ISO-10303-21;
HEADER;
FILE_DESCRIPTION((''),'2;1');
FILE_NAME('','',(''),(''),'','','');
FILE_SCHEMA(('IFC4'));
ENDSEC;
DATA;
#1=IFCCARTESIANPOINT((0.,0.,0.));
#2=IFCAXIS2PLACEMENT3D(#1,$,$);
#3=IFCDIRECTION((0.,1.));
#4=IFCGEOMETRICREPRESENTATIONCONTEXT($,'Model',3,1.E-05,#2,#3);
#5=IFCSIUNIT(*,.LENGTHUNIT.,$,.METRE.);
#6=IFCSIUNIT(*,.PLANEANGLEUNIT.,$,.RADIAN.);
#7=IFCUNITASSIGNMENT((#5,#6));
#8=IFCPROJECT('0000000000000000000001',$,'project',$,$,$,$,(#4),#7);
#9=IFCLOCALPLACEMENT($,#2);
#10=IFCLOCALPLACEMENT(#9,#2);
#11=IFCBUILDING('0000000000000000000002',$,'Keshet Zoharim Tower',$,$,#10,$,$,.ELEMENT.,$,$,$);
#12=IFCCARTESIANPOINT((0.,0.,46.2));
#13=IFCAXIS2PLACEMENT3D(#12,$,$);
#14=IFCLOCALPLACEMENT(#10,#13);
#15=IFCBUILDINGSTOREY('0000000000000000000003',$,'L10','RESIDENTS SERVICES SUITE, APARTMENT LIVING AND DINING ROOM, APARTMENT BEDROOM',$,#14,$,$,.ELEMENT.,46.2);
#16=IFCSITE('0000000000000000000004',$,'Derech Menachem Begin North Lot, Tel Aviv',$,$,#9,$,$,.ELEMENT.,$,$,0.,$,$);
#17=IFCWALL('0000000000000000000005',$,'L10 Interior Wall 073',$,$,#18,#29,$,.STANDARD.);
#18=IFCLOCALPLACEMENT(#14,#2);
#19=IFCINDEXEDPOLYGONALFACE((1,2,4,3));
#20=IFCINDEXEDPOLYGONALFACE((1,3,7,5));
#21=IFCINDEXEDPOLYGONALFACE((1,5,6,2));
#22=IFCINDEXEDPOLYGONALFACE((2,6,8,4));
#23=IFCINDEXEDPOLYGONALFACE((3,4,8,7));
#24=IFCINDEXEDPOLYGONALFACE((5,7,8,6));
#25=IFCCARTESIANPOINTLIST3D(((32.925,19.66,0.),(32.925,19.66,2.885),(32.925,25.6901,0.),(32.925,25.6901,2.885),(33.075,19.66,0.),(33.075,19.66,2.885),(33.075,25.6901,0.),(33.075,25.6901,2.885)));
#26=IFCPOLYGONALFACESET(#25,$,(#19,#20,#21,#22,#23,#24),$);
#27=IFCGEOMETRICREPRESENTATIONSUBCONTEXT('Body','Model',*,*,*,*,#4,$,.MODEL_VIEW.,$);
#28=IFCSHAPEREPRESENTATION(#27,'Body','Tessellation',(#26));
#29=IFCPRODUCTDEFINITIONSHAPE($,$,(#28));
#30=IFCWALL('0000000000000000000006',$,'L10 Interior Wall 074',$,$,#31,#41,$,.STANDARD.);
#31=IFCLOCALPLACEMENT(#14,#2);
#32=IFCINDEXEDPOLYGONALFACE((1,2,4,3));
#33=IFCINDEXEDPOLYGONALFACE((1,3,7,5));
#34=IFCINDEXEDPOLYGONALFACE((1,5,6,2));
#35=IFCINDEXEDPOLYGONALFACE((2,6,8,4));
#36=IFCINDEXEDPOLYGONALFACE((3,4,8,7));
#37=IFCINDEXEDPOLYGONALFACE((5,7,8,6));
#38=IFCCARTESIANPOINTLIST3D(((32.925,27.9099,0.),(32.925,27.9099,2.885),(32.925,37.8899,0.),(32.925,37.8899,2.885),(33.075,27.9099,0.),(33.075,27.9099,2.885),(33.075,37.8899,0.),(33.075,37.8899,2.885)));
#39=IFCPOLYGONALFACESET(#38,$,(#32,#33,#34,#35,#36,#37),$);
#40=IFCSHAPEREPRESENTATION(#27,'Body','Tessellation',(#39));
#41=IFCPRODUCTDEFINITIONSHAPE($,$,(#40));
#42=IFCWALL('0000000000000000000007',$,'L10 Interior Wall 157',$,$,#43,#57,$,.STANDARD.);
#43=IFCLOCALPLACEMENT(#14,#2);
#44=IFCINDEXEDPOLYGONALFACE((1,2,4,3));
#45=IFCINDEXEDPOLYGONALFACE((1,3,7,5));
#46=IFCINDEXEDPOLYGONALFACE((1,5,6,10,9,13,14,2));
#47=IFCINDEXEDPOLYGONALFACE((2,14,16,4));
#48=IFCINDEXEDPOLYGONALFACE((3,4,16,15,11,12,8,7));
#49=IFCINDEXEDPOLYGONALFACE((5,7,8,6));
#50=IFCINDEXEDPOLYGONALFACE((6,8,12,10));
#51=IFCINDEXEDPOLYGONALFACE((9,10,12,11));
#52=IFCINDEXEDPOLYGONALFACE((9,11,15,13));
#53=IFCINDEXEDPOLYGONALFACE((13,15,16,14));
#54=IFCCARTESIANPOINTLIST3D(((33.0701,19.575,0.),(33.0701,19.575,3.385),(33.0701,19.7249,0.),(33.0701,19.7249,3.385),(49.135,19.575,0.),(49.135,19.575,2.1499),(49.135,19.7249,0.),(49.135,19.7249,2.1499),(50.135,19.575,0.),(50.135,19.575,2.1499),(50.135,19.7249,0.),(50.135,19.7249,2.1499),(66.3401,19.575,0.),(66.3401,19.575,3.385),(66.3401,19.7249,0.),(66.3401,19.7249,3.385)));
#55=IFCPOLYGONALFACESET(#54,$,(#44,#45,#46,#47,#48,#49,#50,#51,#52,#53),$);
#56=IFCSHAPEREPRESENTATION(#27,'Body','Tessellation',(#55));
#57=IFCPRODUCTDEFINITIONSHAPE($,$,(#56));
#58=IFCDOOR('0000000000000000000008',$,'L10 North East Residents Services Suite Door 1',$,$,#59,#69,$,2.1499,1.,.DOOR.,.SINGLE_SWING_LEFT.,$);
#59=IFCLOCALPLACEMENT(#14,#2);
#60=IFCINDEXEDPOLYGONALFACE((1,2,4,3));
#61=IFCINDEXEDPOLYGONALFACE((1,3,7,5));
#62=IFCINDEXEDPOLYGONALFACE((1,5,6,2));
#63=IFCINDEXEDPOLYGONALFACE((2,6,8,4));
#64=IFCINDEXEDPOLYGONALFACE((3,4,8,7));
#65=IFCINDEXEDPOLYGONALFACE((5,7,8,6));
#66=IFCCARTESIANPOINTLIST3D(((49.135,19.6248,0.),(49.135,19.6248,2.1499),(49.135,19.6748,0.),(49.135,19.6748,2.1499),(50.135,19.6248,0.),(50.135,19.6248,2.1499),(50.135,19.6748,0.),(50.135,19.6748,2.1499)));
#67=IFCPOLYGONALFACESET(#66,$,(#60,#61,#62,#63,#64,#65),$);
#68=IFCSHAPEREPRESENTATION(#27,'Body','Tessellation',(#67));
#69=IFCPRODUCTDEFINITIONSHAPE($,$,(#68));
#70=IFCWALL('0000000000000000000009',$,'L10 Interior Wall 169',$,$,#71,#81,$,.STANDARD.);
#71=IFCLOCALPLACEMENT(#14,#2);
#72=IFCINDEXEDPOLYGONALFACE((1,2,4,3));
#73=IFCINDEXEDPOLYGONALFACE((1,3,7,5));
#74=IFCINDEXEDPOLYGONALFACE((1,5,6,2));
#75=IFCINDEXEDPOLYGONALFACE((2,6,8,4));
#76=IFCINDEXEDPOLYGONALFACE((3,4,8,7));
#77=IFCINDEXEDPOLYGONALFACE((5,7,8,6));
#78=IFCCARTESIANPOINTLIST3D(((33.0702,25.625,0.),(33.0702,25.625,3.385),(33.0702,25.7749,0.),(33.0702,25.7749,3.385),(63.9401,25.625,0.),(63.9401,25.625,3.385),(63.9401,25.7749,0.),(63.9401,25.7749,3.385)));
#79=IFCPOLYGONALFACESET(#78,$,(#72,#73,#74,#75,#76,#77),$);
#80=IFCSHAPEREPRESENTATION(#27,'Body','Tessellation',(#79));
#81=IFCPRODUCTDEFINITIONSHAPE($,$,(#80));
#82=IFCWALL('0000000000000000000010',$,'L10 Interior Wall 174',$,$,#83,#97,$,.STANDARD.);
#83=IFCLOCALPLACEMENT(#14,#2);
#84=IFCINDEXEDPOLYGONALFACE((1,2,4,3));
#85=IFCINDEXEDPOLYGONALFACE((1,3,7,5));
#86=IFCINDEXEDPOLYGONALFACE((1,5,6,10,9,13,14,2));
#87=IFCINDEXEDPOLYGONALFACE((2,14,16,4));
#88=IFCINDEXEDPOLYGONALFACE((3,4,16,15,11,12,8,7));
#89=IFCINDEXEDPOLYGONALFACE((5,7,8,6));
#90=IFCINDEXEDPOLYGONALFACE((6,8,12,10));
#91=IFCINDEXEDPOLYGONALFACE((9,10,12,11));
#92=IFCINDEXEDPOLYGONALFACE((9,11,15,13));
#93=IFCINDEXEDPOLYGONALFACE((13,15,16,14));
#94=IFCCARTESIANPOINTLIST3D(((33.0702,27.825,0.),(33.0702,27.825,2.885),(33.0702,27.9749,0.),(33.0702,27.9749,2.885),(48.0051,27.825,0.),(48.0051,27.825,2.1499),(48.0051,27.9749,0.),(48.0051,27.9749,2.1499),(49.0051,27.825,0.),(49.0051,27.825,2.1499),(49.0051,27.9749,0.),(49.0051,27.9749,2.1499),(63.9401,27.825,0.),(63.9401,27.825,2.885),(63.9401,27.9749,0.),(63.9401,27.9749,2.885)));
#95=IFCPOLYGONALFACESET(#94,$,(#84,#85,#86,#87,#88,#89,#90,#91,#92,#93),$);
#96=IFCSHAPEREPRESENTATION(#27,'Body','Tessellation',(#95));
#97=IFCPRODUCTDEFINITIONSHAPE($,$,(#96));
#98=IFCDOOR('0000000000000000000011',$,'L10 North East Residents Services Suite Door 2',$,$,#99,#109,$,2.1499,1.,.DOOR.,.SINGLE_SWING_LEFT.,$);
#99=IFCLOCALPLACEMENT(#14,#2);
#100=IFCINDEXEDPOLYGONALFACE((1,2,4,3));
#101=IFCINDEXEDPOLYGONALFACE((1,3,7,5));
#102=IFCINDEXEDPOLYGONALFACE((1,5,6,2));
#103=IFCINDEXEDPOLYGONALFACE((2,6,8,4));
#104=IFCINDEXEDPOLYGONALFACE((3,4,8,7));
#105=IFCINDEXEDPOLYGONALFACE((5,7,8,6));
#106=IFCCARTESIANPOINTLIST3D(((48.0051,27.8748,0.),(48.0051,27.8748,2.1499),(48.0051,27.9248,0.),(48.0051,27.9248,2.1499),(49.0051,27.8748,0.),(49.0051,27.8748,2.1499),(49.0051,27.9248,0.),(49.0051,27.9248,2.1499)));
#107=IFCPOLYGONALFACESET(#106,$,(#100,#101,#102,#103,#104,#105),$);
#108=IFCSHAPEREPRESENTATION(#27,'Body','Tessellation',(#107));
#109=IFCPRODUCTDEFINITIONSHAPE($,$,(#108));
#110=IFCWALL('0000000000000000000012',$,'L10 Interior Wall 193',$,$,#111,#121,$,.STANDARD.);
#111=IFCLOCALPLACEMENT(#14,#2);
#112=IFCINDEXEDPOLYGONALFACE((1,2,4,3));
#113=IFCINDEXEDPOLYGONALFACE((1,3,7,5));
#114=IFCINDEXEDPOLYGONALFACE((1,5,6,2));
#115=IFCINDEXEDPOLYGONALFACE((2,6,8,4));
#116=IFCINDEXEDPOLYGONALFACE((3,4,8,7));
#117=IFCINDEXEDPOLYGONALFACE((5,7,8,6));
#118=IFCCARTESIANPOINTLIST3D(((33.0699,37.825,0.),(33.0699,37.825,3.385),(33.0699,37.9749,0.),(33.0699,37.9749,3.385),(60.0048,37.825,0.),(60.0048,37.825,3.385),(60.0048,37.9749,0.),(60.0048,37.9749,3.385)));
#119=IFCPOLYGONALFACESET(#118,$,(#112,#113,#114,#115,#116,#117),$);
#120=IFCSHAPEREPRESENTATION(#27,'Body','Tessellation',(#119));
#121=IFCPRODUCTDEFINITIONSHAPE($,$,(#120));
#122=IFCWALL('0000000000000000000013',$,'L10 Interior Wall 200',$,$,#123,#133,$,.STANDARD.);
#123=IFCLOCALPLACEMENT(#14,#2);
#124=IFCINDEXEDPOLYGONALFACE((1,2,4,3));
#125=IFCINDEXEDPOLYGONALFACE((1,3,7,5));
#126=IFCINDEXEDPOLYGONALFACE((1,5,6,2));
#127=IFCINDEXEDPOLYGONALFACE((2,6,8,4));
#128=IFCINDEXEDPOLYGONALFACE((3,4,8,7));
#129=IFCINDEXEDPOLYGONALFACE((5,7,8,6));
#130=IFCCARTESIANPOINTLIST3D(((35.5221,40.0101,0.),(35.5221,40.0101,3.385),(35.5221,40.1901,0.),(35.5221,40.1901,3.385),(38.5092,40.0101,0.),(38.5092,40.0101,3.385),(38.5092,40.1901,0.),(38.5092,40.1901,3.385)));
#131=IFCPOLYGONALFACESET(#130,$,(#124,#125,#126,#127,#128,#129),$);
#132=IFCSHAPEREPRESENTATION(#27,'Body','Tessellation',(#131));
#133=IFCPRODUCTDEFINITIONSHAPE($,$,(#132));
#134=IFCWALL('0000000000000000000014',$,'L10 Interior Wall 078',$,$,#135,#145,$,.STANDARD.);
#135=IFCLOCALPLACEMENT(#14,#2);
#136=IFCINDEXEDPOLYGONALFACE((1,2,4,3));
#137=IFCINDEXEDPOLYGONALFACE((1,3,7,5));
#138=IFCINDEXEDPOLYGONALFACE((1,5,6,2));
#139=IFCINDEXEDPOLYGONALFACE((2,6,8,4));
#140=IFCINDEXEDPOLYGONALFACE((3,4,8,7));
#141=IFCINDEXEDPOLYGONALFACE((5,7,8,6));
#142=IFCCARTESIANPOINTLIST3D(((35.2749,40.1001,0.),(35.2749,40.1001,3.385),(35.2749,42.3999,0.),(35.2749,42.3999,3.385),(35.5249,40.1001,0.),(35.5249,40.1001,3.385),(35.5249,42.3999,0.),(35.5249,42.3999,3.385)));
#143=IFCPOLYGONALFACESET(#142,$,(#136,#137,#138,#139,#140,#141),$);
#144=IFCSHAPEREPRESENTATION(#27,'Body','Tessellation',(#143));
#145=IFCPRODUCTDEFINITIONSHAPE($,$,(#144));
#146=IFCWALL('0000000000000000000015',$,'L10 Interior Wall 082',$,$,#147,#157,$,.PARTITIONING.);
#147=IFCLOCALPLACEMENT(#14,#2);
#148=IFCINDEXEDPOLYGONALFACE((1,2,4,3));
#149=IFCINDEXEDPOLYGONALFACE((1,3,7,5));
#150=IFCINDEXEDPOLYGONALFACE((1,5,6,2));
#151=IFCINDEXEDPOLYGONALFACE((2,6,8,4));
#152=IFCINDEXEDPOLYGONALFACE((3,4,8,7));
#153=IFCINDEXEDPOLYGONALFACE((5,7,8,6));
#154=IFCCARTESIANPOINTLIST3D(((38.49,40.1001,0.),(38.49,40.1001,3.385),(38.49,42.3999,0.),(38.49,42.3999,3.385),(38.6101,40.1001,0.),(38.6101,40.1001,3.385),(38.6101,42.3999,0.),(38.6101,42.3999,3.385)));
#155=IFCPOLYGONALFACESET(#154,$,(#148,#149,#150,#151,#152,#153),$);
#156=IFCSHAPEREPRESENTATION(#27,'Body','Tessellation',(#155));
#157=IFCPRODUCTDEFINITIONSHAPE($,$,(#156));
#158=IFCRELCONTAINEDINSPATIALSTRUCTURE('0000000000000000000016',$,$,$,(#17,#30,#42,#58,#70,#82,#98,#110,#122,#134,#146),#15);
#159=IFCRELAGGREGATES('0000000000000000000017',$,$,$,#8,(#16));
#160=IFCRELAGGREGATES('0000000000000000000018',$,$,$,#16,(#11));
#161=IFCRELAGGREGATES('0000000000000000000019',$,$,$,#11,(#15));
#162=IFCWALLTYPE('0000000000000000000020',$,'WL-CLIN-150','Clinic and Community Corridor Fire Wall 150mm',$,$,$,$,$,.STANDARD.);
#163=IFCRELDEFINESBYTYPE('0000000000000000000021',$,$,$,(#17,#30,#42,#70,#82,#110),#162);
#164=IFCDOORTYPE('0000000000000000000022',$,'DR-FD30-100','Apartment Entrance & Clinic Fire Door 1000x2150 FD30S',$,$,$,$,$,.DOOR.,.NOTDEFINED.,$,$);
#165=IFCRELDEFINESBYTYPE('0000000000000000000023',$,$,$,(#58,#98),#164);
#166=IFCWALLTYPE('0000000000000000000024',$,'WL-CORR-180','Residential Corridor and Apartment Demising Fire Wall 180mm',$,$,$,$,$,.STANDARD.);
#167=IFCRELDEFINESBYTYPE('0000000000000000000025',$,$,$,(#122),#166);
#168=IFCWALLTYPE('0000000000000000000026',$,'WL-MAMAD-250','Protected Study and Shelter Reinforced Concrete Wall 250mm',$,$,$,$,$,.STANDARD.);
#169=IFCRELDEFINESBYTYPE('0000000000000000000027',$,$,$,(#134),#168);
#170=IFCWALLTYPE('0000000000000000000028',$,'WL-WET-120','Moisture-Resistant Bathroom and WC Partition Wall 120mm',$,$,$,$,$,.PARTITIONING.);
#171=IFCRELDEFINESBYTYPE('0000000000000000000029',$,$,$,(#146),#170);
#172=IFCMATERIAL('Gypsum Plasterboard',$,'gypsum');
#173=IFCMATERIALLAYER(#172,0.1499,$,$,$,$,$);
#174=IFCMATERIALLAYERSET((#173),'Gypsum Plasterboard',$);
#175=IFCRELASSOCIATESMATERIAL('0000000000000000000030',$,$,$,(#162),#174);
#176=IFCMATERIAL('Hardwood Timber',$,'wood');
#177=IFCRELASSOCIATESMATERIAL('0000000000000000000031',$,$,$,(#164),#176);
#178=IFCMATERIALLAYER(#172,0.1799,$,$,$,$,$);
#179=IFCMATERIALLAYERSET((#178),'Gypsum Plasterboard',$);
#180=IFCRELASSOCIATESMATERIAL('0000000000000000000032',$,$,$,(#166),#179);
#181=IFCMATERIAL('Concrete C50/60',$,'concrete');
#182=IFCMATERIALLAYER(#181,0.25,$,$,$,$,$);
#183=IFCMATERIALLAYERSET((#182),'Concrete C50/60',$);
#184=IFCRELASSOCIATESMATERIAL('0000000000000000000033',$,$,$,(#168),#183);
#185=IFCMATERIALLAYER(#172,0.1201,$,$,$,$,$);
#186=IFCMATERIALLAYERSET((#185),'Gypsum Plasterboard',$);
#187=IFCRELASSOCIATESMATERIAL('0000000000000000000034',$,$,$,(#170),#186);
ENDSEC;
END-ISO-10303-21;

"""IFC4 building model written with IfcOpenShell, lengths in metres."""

from ifc_helpers import new_model, si_unit, direction, frame, frame_2d, origin, place, context, subcontext, project, spatial, rectangle, extrude, material, layer, layer_set, type_object, element, fill, save


model = new_model("IFC4")

# Units and contexts
model_context = context("Model", 3, precision=1e-05, world=origin(), true_north=direction((0.0, 1.0)))
body_context = subcontext(model_context, "Body", "Model", "MODEL_VIEW")
ifc_project = project(units=[si_unit("LENGTHUNIT", "METRE"), si_unit("PLANEANGLEUNIT", "RADIAN")], contexts=[model_context])

# Site, building, storey
site_placement = place(None, origin())
site = spatial("IfcSite", under=ifc_project, at=site_placement, Name="Derech Menachem Begin North Lot, Tel Aviv", CompositionType="ELEMENT", RefElevation=0.0)
building_placement = place(site_placement, origin())
building = spatial("IfcBuilding", under=site, at=building_placement, Name="Keshet Zoharim Tower", CompositionType="ELEMENT")
storey_placement = place(building_placement, frame((0.0, 0.0, 46.2)))
storey = spatial("IfcBuildingStorey", under=building, at=storey_placement, Name="L10", Description="RESIDENTS SERVICES SUITE, APARTMENT LIVING AND DINING ROOM, APARTMENT BEDROOM", CompositionType="ELEMENT", Elevation=46.2)

# Walls
ifc_material_1 = material(Name="Gypsum Plasterboard", Category="gypsum")
ifc_layer_1 = layer(ifc_material_1, 0.1499)
ifc_layer_set_1 = layer_set([ifc_layer_1], Name="Gypsum Plasterboard")
wall_type_1 = type_object("IfcWallType", Name="WL-CLIN-150", Description="Clinic and Community Corridor Fire Wall 150mm", PredefinedType="STANDARD", material=ifc_layer_set_1)
wall_1_placement = place(storey_placement, frame((33.0, 19.6599, 0.0), z_axis=(0.0, 0.0, 1.0), x_axis=(0.0, 1.0, 0.0)))
element("IfcWall", 1, at=wall_1_placement, inside=storey, type_object=wall_type_1, Name="L10 Interior Wall 073", PredefinedType="STANDARD", context=body_context, shape_type="SweptSolid", body=[
    extrude(rectangle(XDim=6.03, YDim=0.1499, at=frame_2d((3.0151, 0.0))), origin(), (0.0, 0.0, 1.0), 2.885),
])
wall_2_placement = place(storey_placement, frame((33.0, 27.9099, 0.0), z_axis=(0.0, 0.0, 1.0), x_axis=(0.0, 1.0, 0.0)))
element("IfcWall", 2, at=wall_2_placement, inside=storey, type_object=wall_type_1, Name="L10 Interior Wall 074", PredefinedType="STANDARD", context=body_context, shape_type="SweptSolid", body=[
    extrude(rectangle(XDim=9.98, YDim=0.1499, at=frame_2d((4.99, 0.0))), origin(), (0.0, 0.0, 1.0), 2.885),
])

# Wall, opening, door
wall_3_placement = place(storey_placement, frame((33.0701, 19.6499, 0.0), z_axis=(0.0, 0.0, 1.0), x_axis=(1.0, 0.0, 0.0)))
wall_3 = element("IfcWall", 3, at=wall_3_placement, inside=storey, type_object=wall_type_1, Name="L10 Interior Wall 157", PredefinedType="STANDARD", context=body_context, shape_type="SweptSolid", body=[
    extrude(rectangle(XDim=33.27, YDim=0.1499, at=frame_2d((16.635, 0.0))), origin(), (0.0, 0.0, 1.0), 3.385),
])
opening_1_placement = place(wall_3_placement, frame((16.0649, 0.0, 0.0)))
opening_1 = element("IfcOpeningElement", 4, at=opening_1_placement, cuts=wall_3, PredefinedType="OPENING", context=body_context, shape_type="SweptSolid", body=[
    extrude(rectangle(XDim=1.0, YDim=2.1499, at=frame_2d((0.5, 1.075))), frame((0.0, 0.085, 0.0), z_axis=(0.0, -1.0, 0.0), x_axis=(1.0, 0.0, 0.0)), (0.0, 0.0, 1.0), 0.1699),
])
ifc_material_2 = material(Name="Hardwood Timber", Category="wood")
door_type = type_object("IfcDoorType", Name="DR-FD30-100", Description="Apartment Entrance & Clinic Fire Door 1000x2150 FD30S", OperationType="NOTDEFINED", PredefinedType="DOOR", material=ifc_material_2)
door_1_placement = place(opening_1_placement, origin())
door_1 = element("IfcDoor", 5, at=door_1_placement, inside=storey, type_object=door_type, Name="L10 North East Residents Services Suite Door 1", OperationType="SINGLE_SWING_LEFT", OverallHeight=2.1499, OverallWidth=1.0, PredefinedType="DOOR", context=body_context, shape_type="SweptSolid", body=[
    extrude(rectangle(XDim=1.0, YDim=2.1499, at=frame_2d((0.5, 1.075))), frame((0.0, 0.0249, 0.0), z_axis=(0.0, -1.0, 0.0), x_axis=(1.0, 0.0, 0.0)), (0.0, 0.0, 1.0), 0.05),
])
fill(opening_1, door_1)

# Wall
wall_4_placement = place(storey_placement, frame((33.0701, 25.7, 0.0), z_axis=(0.0, 0.0, 1.0), x_axis=(1.0, 0.0, 0.0)))
element("IfcWall", 6, at=wall_4_placement, inside=storey, type_object=wall_type_1, Name="L10 Interior Wall 169", PredefinedType="STANDARD", context=body_context, shape_type="SweptSolid", body=[
    extrude(rectangle(XDim=30.8699, YDim=0.1499, at=frame_2d((15.4351, 0.0))), origin(), (0.0, 0.0, 1.0), 3.385),
])

# Wall, opening, door
wall_5_placement = place(storey_placement, frame((33.0701, 27.8999, 0.0), z_axis=(0.0, 0.0, 1.0), x_axis=(1.0, 0.0, 0.0)))
wall_5 = element("IfcWall", 7, at=wall_5_placement, inside=storey, type_object=wall_type_1, Name="L10 Interior Wall 174", PredefinedType="STANDARD", context=body_context, shape_type="SweptSolid", body=[
    extrude(rectangle(XDim=30.8699, YDim=0.1499, at=frame_2d((15.4351, 0.0))), origin(), (0.0, 0.0, 1.0), 2.885),
])
opening_2_placement = place(wall_5_placement, frame((14.9351, 0.0, 0.0)))
opening_2 = element("IfcOpeningElement", 8, at=opening_2_placement, cuts=wall_5, PredefinedType="OPENING", context=body_context, shape_type="SweptSolid", body=[
    extrude(rectangle(XDim=1.0, YDim=2.1499, at=frame_2d((0.5, 1.075))), frame((0.0, 0.085, 0.0), z_axis=(0.0, -1.0, 0.0), x_axis=(1.0, 0.0, 0.0)), (0.0, 0.0, 1.0), 0.1699),
])
door_2_placement = place(opening_2_placement, origin())
door_2 = element("IfcDoor", 9, at=door_2_placement, inside=storey, type_object=door_type, Name="L10 North East Residents Services Suite Door 2", OperationType="SINGLE_SWING_LEFT", OverallHeight=2.1499, OverallWidth=1.0, PredefinedType="DOOR", context=body_context, shape_type="SweptSolid", body=[
    extrude(rectangle(XDim=1.0, YDim=2.1499, at=frame_2d((0.5, 1.075))), frame((0.0, 0.0249, 0.0), z_axis=(0.0, -1.0, 0.0), x_axis=(1.0, 0.0, 0.0)), (0.0, 0.0, 1.0), 0.05),
])
fill(opening_2, door_2)

# Walls
wall_6_placement = place(storey_placement, frame((33.0701, 37.8999, 0.0), z_axis=(0.0, 0.0, 1.0), x_axis=(1.0, 0.0, 0.0)))
element("IfcWall", 10, at=wall_6_placement, inside=storey, type_object=wall_type_1, Name="L10 Interior Wall 193", PredefinedType="STANDARD", context=body_context, shape_type="SweptSolid", body=[
    extrude(rectangle(XDim=26.9348, YDim=0.1499, at=frame_2d((13.4673, 0.0))), origin(), (0.0, 0.0, 1.0), 3.385),
])
ifc_layer_2 = layer(ifc_material_1, 0.1799)
ifc_layer_set_2 = layer_set([ifc_layer_2], Name="Gypsum Plasterboard")
wall_type_2 = type_object("IfcWallType", Name="WL-CORR-180", Description="Residential Corridor and Apartment Demising Fire Wall 180mm", PredefinedType="STANDARD", material=ifc_layer_set_2)
wall_7_placement = place(storey_placement, frame((35.522, 40.1001, 0.0), z_axis=(0.0, 0.0, 1.0), x_axis=(1.0, 0.0, 0.0)))
element("IfcWall", 11, at=wall_7_placement, inside=storey, type_object=wall_type_2, Name="L10 Interior Wall 200", PredefinedType="STANDARD", context=body_context, shape_type="SweptSolid", body=[
    extrude(rectangle(XDim=2.9871, YDim=0.1799, at=frame_2d((1.4937, 0.0))), origin(), (0.0, 0.0, 1.0), 3.385),
])
ifc_material_3 = material(Name="Concrete C50/60", Category="concrete")
ifc_layer_3 = layer(ifc_material_3, 0.25)
ifc_layer_set_3 = layer_set([ifc_layer_3], Name="Concrete C50/60")
wall_type_3 = type_object("IfcWallType", Name="WL-MAMAD-250", Description="Protected Study and Shelter Reinforced Concrete Wall 250mm", PredefinedType="STANDARD", material=ifc_layer_set_3)
wall_8_placement = place(storey_placement, frame((35.3999, 40.1001, 0.0), z_axis=(0.0, 0.0, 1.0), x_axis=(0.0, 1.0, 0.0)))
element("IfcWall", 12, at=wall_8_placement, inside=storey, type_object=wall_type_3, Name="L10 Interior Wall 078", PredefinedType="STANDARD", context=body_context, shape_type="SweptSolid", body=[
    extrude(rectangle(XDim=2.2998, YDim=0.25, at=frame_2d((1.1499, 0.0))), origin(), (0.0, 0.0, 1.0), 3.385),
])
ifc_layer_4 = layer(ifc_material_1, 0.1201)
ifc_layer_set_4 = layer_set([ifc_layer_4], Name="Gypsum Plasterboard")
wall_type_4 = type_object("IfcWallType", Name="WL-WET-120", Description="Moisture-Resistant Bathroom and WC Partition Wall 120mm", PredefinedType="PARTITIONING", material=ifc_layer_set_4)
wall_9_placement = place(storey_placement, frame((38.55, 40.1001, 0.0), z_axis=(0.0, 0.0, 1.0), x_axis=(0.0, 1.0, 0.0)))
element("IfcWall", 13, at=wall_9_placement, inside=storey, type_object=wall_type_4, Name="L10 Interior Wall 082", PredefinedType="PARTITIONING", context=body_context, shape_type="SweptSolid", body=[
    extrude(rectangle(XDim=2.2998, YDim=0.1201, at=frame_2d((1.1499, 0.0))), origin(), (0.0, 0.0, 1.0), 3.385),
])

save(model, "model.ifc")
